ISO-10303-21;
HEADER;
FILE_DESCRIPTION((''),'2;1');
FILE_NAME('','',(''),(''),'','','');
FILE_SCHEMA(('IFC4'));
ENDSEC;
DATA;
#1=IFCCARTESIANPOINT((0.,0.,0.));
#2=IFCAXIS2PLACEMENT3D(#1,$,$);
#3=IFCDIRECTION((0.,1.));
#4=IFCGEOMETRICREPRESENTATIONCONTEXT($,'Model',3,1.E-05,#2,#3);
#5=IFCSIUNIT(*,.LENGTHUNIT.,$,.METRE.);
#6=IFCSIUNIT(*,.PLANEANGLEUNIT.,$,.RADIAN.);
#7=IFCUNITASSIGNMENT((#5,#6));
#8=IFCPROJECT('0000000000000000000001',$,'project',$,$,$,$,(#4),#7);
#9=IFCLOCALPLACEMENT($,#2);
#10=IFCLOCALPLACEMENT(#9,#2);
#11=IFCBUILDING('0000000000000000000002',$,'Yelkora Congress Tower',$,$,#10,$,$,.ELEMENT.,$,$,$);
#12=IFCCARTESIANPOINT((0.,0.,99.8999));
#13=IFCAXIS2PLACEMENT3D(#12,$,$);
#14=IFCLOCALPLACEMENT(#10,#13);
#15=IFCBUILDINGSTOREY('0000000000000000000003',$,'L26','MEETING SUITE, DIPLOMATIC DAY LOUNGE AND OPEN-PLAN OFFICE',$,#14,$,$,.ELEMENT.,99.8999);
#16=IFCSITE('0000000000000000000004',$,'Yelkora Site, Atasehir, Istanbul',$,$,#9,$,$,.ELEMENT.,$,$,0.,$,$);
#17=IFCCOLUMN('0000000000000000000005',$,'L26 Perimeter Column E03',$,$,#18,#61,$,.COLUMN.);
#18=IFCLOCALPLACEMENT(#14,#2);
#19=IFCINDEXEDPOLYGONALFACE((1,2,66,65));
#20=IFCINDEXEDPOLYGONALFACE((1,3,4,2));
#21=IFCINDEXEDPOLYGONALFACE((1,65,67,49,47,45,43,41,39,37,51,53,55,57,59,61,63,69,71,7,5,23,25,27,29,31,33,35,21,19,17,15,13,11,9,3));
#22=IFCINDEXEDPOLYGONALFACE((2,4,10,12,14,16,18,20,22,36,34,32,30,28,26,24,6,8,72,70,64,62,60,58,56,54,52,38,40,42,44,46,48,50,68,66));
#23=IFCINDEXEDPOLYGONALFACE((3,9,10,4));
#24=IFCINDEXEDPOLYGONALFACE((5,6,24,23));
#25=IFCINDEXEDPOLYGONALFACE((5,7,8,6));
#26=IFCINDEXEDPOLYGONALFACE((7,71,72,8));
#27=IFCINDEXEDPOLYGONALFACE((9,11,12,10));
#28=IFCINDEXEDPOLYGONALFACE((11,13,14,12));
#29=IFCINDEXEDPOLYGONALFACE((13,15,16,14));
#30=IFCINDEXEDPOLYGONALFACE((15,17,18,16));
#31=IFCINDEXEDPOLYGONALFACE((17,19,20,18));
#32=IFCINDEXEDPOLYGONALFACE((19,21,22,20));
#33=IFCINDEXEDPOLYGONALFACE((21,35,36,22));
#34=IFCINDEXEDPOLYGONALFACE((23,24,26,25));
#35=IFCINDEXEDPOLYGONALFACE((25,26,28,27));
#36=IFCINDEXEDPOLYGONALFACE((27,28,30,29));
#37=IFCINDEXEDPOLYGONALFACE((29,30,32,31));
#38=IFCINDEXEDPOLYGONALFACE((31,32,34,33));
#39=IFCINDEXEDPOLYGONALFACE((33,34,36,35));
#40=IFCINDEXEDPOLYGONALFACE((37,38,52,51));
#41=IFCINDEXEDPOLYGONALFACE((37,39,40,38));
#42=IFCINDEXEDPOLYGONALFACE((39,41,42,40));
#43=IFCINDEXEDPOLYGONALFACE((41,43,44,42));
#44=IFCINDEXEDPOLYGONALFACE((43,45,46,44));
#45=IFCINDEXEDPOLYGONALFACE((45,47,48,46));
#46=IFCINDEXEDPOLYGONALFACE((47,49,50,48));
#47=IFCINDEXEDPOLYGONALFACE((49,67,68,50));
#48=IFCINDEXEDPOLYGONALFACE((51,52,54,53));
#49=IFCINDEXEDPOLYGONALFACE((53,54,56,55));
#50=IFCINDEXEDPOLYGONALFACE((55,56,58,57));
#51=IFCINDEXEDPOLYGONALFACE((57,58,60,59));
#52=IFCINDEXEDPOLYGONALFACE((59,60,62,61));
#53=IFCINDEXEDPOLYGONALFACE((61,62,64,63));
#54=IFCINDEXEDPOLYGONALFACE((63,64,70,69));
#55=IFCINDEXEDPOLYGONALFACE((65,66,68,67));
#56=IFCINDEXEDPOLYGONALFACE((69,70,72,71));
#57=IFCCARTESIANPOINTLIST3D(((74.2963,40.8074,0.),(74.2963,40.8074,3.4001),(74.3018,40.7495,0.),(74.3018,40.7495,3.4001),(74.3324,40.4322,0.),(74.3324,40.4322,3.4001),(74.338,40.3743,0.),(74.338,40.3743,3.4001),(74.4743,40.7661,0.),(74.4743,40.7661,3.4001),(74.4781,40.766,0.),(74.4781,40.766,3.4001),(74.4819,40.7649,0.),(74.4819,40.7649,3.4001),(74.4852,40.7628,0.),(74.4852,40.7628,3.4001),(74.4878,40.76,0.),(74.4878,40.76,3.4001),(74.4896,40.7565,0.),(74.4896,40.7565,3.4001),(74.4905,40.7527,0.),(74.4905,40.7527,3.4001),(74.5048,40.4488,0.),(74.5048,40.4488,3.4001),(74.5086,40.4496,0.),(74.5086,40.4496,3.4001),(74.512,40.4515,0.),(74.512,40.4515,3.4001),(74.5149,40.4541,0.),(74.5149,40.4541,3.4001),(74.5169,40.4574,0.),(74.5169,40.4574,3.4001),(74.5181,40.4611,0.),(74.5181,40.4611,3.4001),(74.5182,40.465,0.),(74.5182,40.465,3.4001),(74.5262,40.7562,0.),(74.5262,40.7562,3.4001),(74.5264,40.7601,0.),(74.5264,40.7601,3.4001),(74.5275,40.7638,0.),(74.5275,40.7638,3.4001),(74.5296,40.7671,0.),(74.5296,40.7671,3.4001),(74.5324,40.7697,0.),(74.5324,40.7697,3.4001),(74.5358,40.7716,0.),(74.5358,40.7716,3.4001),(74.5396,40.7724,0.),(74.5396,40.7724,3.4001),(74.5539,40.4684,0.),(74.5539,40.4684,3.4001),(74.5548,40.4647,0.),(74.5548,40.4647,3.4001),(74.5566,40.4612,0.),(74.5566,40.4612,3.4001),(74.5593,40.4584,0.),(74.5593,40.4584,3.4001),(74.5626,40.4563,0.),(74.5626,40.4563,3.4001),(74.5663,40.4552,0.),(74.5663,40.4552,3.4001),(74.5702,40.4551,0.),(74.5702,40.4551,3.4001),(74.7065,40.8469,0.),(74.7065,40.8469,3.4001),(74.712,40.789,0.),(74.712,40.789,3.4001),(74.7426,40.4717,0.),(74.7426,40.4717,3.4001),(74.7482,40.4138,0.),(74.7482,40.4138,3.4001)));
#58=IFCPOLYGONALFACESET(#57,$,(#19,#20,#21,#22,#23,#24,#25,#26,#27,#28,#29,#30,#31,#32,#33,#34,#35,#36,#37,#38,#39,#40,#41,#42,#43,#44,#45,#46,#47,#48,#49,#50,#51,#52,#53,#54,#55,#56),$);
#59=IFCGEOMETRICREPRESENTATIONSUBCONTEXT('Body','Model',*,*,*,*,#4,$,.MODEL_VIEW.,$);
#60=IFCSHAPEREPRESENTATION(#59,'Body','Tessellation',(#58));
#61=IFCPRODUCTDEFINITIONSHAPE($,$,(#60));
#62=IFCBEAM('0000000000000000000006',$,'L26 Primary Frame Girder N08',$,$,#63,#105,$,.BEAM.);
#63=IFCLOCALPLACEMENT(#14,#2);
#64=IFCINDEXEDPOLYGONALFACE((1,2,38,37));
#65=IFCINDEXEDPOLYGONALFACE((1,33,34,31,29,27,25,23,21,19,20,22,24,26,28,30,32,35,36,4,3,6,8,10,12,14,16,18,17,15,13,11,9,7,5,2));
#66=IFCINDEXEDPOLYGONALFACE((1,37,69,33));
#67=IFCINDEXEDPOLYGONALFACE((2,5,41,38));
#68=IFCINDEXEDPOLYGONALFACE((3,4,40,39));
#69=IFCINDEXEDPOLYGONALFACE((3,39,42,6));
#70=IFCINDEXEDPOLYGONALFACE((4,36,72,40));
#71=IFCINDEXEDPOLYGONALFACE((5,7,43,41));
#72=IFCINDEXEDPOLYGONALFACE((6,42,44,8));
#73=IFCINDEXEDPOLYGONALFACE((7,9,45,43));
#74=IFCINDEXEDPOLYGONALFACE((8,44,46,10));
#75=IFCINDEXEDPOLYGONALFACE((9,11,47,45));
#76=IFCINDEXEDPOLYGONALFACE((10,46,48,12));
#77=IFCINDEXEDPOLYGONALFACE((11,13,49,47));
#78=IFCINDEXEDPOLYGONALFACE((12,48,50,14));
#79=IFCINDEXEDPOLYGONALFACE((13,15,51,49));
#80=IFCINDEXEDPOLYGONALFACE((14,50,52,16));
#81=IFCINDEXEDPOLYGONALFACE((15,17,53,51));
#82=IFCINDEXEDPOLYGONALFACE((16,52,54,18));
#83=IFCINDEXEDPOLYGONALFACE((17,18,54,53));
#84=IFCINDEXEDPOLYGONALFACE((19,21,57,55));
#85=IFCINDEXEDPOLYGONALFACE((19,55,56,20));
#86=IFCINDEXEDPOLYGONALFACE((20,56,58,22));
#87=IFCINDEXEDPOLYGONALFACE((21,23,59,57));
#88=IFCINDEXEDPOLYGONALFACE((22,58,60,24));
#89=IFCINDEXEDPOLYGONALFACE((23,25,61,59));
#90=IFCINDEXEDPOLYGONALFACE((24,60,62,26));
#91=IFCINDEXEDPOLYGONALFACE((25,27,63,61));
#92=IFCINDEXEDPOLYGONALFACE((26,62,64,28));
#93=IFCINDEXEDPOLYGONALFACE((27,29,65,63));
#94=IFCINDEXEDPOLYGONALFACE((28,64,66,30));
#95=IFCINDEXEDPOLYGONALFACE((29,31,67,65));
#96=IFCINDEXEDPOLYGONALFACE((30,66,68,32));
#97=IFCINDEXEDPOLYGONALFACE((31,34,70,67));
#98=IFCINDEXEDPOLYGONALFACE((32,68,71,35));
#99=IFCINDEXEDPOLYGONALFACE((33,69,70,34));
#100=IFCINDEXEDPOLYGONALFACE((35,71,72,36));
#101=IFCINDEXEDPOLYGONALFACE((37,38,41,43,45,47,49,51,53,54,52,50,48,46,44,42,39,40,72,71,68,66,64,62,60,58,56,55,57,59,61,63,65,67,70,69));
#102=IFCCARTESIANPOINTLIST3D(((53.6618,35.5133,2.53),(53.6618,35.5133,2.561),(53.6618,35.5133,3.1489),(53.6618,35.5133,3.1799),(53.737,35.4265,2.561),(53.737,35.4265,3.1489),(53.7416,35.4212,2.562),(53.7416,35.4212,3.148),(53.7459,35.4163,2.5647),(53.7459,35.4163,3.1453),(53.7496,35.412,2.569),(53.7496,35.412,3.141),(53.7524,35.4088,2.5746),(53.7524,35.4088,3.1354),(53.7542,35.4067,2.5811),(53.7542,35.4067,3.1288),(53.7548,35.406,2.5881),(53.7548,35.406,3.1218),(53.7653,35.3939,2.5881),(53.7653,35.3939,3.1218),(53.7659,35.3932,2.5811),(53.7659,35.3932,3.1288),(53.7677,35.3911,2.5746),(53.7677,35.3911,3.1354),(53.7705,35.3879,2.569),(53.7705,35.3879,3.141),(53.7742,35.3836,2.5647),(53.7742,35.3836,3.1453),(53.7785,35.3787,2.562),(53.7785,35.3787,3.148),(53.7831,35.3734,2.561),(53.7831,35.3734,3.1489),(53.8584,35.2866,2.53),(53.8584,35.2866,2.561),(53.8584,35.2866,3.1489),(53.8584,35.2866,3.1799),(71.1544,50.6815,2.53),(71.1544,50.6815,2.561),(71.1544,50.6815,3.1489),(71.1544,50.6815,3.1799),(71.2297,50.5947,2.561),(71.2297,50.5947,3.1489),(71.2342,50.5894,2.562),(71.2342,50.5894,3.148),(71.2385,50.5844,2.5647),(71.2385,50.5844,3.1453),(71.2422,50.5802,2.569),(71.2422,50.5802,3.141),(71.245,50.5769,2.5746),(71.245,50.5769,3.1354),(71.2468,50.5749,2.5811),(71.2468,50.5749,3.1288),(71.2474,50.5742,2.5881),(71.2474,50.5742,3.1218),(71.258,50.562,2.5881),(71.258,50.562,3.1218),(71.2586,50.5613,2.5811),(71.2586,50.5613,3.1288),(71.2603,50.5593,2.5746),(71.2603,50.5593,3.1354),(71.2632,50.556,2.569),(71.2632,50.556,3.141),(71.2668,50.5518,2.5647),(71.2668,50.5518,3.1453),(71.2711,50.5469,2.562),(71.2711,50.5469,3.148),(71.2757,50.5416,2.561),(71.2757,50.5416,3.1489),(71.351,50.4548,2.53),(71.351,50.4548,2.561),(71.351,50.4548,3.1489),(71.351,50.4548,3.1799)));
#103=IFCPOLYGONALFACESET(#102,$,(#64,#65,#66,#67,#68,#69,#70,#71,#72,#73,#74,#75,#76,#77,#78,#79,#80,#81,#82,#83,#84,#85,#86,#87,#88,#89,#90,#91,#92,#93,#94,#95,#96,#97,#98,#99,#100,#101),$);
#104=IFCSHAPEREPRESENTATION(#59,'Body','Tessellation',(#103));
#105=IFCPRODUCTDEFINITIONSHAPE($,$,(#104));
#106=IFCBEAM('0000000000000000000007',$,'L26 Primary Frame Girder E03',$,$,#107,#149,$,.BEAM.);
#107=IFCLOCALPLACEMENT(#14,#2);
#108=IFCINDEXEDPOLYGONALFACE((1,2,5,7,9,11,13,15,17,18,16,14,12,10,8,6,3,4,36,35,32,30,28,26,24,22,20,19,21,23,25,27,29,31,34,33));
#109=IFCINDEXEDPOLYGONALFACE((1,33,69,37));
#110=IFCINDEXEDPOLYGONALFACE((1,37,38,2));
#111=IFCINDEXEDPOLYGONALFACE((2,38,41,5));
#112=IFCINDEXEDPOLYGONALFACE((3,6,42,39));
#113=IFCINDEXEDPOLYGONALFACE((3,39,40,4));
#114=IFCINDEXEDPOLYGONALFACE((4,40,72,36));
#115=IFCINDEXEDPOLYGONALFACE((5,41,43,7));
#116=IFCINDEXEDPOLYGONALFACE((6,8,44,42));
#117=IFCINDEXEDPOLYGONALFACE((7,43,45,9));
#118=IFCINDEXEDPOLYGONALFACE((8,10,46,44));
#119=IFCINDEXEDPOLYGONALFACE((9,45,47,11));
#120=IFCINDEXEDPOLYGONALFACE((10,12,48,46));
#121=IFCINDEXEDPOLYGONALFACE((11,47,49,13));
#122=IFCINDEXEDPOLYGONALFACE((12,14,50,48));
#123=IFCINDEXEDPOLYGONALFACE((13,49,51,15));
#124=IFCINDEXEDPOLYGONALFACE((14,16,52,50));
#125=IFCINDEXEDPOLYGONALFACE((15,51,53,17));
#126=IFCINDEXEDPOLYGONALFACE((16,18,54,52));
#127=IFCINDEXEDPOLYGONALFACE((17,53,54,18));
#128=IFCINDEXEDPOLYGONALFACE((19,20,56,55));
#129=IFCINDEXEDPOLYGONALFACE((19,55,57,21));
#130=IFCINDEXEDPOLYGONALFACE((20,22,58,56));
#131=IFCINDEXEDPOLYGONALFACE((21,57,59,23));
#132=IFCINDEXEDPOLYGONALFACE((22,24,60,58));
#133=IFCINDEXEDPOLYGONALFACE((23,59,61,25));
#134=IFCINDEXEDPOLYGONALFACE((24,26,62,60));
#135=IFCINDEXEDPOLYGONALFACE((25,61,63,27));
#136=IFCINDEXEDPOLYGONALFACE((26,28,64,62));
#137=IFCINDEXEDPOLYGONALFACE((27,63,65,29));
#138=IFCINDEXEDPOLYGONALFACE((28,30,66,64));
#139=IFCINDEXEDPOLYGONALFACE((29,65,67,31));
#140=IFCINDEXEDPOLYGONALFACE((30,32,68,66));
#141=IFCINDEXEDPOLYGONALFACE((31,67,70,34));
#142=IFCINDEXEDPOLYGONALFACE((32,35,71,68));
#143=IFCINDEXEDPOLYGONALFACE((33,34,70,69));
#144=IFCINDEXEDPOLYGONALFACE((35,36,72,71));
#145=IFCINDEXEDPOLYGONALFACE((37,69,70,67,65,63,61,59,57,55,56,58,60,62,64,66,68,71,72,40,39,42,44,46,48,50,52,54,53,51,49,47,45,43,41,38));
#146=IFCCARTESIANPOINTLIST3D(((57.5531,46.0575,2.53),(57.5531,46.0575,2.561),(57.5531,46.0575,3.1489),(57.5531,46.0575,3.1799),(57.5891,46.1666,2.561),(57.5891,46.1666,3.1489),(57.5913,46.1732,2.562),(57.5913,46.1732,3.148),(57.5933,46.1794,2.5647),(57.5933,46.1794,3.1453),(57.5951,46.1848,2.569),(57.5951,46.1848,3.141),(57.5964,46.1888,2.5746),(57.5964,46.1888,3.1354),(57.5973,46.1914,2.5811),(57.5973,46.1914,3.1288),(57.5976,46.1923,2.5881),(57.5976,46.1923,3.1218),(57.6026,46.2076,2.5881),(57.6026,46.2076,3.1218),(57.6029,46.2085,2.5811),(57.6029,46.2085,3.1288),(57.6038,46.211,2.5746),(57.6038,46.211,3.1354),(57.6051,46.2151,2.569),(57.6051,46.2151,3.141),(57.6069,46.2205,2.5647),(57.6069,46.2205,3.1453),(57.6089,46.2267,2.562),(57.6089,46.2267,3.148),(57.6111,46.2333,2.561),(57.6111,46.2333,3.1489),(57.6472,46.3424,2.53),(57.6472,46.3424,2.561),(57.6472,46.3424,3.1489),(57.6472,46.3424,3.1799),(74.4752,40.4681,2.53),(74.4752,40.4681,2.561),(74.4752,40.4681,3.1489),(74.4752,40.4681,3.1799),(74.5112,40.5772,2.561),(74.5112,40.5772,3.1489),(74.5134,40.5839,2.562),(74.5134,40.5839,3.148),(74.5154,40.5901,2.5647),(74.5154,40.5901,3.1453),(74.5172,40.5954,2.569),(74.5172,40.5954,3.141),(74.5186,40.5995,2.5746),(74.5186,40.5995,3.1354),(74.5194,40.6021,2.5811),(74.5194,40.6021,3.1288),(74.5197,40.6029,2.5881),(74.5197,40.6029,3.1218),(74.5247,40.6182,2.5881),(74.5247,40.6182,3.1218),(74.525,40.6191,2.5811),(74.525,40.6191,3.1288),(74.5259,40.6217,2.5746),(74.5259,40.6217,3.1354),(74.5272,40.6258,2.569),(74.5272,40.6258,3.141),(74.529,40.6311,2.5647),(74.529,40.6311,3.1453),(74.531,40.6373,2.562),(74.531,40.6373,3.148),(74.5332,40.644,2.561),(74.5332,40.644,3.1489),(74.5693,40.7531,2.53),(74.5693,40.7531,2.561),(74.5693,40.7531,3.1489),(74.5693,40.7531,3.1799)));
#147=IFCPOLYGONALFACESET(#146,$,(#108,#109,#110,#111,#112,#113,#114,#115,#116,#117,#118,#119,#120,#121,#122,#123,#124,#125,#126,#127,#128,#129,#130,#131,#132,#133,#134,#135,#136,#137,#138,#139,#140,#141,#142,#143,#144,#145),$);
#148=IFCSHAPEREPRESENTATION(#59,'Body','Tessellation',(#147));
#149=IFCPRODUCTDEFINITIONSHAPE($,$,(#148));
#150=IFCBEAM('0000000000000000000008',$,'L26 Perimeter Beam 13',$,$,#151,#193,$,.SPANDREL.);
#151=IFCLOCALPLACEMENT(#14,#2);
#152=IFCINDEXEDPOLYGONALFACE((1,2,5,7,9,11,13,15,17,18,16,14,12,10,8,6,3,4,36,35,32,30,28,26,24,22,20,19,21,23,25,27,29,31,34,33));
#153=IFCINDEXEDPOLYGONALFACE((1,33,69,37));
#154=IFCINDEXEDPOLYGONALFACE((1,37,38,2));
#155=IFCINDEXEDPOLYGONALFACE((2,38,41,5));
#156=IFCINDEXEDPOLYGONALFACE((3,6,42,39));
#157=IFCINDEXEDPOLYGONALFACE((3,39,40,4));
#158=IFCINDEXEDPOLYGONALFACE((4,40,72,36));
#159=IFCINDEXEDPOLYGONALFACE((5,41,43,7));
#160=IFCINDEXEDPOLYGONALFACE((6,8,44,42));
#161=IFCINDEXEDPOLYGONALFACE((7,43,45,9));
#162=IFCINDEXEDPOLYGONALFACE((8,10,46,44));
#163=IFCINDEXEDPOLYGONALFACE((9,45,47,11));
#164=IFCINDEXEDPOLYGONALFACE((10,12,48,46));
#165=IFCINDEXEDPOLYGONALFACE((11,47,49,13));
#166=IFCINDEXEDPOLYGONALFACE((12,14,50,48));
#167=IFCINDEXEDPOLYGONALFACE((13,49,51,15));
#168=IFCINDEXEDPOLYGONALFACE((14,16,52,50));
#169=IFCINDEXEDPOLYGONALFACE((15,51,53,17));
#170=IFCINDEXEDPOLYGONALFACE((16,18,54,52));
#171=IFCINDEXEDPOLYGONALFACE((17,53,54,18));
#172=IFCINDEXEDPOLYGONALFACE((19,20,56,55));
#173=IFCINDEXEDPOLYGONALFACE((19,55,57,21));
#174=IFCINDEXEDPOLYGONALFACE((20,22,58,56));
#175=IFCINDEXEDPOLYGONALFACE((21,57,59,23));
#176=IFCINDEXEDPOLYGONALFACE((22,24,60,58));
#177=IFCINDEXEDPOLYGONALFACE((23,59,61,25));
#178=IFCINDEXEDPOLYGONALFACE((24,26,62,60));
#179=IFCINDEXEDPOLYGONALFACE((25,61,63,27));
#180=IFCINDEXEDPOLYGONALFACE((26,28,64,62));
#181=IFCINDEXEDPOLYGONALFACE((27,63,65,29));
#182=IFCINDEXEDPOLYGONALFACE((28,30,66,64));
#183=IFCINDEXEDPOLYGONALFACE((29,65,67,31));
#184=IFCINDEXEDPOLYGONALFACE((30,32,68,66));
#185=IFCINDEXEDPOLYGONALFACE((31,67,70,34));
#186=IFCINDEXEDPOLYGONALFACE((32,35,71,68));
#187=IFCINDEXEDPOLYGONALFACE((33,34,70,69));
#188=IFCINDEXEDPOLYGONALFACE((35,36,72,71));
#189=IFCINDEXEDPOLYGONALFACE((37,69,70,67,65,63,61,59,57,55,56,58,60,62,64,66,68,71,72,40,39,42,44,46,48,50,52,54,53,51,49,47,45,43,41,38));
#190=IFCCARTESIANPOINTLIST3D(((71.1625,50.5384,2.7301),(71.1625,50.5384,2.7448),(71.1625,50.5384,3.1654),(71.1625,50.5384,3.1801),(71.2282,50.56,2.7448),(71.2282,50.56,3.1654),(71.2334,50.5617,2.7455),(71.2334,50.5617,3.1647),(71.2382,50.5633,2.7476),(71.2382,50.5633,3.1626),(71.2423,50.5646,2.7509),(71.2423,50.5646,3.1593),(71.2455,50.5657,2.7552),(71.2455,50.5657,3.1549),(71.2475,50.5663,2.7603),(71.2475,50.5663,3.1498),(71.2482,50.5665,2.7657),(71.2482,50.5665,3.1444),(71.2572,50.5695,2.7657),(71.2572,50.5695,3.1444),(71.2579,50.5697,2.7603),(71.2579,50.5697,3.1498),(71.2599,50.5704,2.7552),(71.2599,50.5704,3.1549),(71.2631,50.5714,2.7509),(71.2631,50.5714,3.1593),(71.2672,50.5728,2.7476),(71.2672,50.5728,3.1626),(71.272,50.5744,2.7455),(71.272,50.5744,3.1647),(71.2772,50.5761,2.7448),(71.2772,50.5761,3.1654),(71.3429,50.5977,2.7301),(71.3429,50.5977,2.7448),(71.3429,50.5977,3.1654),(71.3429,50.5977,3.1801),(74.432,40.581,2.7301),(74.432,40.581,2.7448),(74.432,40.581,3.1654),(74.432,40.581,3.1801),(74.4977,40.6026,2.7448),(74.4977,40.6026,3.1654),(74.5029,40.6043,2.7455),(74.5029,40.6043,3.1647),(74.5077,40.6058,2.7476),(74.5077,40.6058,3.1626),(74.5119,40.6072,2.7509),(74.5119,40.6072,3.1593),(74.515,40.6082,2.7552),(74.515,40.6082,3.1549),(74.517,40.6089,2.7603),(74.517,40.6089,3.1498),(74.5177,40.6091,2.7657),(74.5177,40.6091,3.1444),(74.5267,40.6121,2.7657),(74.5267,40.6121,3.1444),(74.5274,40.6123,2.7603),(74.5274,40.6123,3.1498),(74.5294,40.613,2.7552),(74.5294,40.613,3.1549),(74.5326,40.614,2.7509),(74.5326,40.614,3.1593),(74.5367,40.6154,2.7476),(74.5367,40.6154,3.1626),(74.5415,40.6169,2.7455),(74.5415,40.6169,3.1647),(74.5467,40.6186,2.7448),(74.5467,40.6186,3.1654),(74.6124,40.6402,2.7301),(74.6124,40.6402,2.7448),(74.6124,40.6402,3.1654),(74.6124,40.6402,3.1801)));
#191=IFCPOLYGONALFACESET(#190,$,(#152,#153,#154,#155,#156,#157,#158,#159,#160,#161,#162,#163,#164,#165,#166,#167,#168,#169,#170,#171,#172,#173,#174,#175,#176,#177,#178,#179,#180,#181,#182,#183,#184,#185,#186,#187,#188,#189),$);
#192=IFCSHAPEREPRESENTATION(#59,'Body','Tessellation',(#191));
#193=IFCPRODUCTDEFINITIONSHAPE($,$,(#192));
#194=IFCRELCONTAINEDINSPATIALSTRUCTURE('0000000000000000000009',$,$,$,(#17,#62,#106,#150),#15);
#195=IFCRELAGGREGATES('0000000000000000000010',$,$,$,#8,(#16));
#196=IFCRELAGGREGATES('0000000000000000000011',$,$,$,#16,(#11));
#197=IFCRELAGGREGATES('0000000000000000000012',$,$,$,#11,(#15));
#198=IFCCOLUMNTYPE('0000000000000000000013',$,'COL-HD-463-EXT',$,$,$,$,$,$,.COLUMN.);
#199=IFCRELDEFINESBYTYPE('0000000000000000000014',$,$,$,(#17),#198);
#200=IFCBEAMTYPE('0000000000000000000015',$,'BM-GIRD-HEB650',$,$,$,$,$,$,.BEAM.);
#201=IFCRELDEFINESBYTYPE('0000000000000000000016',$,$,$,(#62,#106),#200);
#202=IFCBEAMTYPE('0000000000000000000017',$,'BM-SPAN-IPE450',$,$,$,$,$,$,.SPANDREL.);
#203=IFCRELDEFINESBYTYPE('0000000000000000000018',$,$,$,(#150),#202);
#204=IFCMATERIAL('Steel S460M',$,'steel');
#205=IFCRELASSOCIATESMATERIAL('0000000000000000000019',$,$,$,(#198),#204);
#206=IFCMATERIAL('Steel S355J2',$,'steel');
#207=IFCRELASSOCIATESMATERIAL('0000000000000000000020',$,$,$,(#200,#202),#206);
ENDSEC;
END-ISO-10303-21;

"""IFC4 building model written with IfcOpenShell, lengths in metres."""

from ifc_helpers import new_model, si_unit, direction, frame, origin, origin_2d, place, context, subcontext, project, spatial, i_section, extrude, material, material_profile, profile_set, type_object, element, save


model = new_model("IFC4")

# Units and contexts
model_context = context("Model", 3, precision=1e-05, world=origin(), true_north=direction((0.0, 1.0)))
body_context = subcontext(model_context, "Body", "Model", "MODEL_VIEW")
ifc_project = project(units=[si_unit("LENGTHUNIT", "METRE"), si_unit("PLANEANGLEUNIT", "RADIAN")], contexts=[model_context])

# Site, building, storey
site_placement = place(None, origin())
site = spatial("IfcSite", under=ifc_project, at=site_placement, Name="Yelkora Site, Atasehir, Istanbul", CompositionType="ELEMENT", RefElevation=0.0)
building_placement = place(site_placement, origin())
building = spatial("IfcBuilding", under=site, at=building_placement, Name="Yelkora Congress Tower", CompositionType="ELEMENT")
storey_placement = place(building_placement, frame((0.0, 0.0, 99.8999)))
storey = spatial("IfcBuildingStorey", under=building, at=storey_placement, Name="L26", Description="MEETING SUITE, DIPLOMATIC DAY LOUNGE AND OPEN-PLAN OFFICE", CompositionType="ELEMENT", Elevation=99.8999)

# Column
ifc_material_1 = material(Name="Steel S460M", Category="steel")
ifc_material_profile_1 = material_profile(ifc_material_1, i_section(OverallWidth=0.4121, OverallDepth=0.4351, WebThickness=0.0359, FlangeThickness=0.0581, FilletRadius=0.0149, at=origin_2d()), Name="HD 400x463")
ifc_profile_set_1 = profile_set([ifc_material_profile_1], Name="Steel S460M")
column_type = type_object("IfcColumnType", Name="COL-HD-463-EXT", PredefinedType="COLUMN", material=ifc_profile_set_1)
column_placement = place(storey_placement, frame((74.5222, 40.6106, 0.0), z_axis=(0.0, 0.0, 1.0), x_axis=(0.995396, 0.095846, 0.0)))
element("IfcColumn", 1, at=column_placement, inside=storey, type_object=column_type, Name="L26 Perimeter Column E03", PredefinedType="COLUMN", context=body_context, shape_type="SweptSolid", body=[
    extrude(i_section(OverallWidth=0.4121, OverallDepth=0.4351, WebThickness=0.0359, FlangeThickness=0.0581, FilletRadius=0.0149, at=origin_2d()), origin(), (0.0, 0.0, 1.0), 3.4001),
])

# Beams
ifc_material_2 = material(Name="Steel S355J2", Category="steel")
ifc_material_profile_2 = material_profile(ifc_material_2, i_section(OverallWidth=0.3, OverallDepth=0.6499, WebThickness=0.0161, FlangeThickness=0.031, FilletRadius=0.0271, at=origin_2d()), Name="HEB 650")
ifc_profile_set_2 = profile_set([ifc_material_profile_2], Name="Steel S355J2")
beam_type_1 = type_object("IfcBeamType", Name="BM-GIRD-HEB650", PredefinedType="BEAM", material=ifc_profile_set_2)
beam_1_placement = place(storey_placement, frame((71.2527, 50.5681, 2.855), z_axis=(-0.75552, -0.655125, 0.0), x_axis=(0.655125, -0.75552, 0.0)))
element("IfcBeam", 2, at=beam_1_placement, inside=storey, type_object=beam_type_1, Name="L26 Primary Frame Girder N08", PredefinedType="BEAM", context=body_context, shape_type="SweptSolid", body=[
    extrude(i_section(OverallWidth=0.3, OverallDepth=0.6499, WebThickness=0.0161, FlangeThickness=0.031, FilletRadius=0.0271, at=origin_2d()), origin(), (0.0, 0.0, 1.0), 23.1531),
])
beam_2_placement = place(storey_placement, frame((74.5222, 40.6106, 2.855), z_axis=(-0.949544, 0.313633, 0.0), x_axis=(-0.313633, -0.949544, 0.0)))
element("IfcBeam", 3, at=beam_2_placement, inside=storey, type_object=beam_type_1, Name="L26 Primary Frame Girder E03", PredefinedType="BEAM", context=body_context, shape_type="SweptSolid", body=[
    extrude(i_section(OverallWidth=0.3, OverallDepth=0.6499, WebThickness=0.0161, FlangeThickness=0.031, FilletRadius=0.0271, at=origin_2d()), origin(), (0.0, 0.0, 1.0), 17.8213),
])
ifc_material_profile_3 = material_profile(ifc_material_2, i_section(OverallWidth=0.1899, OverallDepth=0.45, WebThickness=0.0095, FlangeThickness=0.0146, FilletRadius=0.021, at=origin_2d()), Name="IPE 450")
ifc_profile_set_3 = profile_set([ifc_material_profile_3], Name="Steel S355J2")
beam_type_2 = type_object("IfcBeamType", Name="BM-SPAN-IPE450", PredefinedType="SPANDREL", material=ifc_profile_set_3)
beam_3_placement = place(storey_placement, frame((74.5222, 40.6106, 2.9551), z_axis=(-0.311962, 0.950095, 0.0), x_axis=(-0.950095, -0.311962, 0.0)))
element("IfcBeam", 4, at=beam_3_placement, inside=storey, type_object=beam_type_2, Name="L26 Perimeter Beam 13", PredefinedType="SPANDREL", context=body_context, shape_type="SweptSolid", body=[
    extrude(i_section(OverallWidth=0.1899, OverallDepth=0.45, WebThickness=0.0095, FlangeThickness=0.0146, FilletRadius=0.021, at=origin_2d()), origin(), (0.0, 0.0, 1.0), 10.4805),
])

save(model, "model.ifc")
